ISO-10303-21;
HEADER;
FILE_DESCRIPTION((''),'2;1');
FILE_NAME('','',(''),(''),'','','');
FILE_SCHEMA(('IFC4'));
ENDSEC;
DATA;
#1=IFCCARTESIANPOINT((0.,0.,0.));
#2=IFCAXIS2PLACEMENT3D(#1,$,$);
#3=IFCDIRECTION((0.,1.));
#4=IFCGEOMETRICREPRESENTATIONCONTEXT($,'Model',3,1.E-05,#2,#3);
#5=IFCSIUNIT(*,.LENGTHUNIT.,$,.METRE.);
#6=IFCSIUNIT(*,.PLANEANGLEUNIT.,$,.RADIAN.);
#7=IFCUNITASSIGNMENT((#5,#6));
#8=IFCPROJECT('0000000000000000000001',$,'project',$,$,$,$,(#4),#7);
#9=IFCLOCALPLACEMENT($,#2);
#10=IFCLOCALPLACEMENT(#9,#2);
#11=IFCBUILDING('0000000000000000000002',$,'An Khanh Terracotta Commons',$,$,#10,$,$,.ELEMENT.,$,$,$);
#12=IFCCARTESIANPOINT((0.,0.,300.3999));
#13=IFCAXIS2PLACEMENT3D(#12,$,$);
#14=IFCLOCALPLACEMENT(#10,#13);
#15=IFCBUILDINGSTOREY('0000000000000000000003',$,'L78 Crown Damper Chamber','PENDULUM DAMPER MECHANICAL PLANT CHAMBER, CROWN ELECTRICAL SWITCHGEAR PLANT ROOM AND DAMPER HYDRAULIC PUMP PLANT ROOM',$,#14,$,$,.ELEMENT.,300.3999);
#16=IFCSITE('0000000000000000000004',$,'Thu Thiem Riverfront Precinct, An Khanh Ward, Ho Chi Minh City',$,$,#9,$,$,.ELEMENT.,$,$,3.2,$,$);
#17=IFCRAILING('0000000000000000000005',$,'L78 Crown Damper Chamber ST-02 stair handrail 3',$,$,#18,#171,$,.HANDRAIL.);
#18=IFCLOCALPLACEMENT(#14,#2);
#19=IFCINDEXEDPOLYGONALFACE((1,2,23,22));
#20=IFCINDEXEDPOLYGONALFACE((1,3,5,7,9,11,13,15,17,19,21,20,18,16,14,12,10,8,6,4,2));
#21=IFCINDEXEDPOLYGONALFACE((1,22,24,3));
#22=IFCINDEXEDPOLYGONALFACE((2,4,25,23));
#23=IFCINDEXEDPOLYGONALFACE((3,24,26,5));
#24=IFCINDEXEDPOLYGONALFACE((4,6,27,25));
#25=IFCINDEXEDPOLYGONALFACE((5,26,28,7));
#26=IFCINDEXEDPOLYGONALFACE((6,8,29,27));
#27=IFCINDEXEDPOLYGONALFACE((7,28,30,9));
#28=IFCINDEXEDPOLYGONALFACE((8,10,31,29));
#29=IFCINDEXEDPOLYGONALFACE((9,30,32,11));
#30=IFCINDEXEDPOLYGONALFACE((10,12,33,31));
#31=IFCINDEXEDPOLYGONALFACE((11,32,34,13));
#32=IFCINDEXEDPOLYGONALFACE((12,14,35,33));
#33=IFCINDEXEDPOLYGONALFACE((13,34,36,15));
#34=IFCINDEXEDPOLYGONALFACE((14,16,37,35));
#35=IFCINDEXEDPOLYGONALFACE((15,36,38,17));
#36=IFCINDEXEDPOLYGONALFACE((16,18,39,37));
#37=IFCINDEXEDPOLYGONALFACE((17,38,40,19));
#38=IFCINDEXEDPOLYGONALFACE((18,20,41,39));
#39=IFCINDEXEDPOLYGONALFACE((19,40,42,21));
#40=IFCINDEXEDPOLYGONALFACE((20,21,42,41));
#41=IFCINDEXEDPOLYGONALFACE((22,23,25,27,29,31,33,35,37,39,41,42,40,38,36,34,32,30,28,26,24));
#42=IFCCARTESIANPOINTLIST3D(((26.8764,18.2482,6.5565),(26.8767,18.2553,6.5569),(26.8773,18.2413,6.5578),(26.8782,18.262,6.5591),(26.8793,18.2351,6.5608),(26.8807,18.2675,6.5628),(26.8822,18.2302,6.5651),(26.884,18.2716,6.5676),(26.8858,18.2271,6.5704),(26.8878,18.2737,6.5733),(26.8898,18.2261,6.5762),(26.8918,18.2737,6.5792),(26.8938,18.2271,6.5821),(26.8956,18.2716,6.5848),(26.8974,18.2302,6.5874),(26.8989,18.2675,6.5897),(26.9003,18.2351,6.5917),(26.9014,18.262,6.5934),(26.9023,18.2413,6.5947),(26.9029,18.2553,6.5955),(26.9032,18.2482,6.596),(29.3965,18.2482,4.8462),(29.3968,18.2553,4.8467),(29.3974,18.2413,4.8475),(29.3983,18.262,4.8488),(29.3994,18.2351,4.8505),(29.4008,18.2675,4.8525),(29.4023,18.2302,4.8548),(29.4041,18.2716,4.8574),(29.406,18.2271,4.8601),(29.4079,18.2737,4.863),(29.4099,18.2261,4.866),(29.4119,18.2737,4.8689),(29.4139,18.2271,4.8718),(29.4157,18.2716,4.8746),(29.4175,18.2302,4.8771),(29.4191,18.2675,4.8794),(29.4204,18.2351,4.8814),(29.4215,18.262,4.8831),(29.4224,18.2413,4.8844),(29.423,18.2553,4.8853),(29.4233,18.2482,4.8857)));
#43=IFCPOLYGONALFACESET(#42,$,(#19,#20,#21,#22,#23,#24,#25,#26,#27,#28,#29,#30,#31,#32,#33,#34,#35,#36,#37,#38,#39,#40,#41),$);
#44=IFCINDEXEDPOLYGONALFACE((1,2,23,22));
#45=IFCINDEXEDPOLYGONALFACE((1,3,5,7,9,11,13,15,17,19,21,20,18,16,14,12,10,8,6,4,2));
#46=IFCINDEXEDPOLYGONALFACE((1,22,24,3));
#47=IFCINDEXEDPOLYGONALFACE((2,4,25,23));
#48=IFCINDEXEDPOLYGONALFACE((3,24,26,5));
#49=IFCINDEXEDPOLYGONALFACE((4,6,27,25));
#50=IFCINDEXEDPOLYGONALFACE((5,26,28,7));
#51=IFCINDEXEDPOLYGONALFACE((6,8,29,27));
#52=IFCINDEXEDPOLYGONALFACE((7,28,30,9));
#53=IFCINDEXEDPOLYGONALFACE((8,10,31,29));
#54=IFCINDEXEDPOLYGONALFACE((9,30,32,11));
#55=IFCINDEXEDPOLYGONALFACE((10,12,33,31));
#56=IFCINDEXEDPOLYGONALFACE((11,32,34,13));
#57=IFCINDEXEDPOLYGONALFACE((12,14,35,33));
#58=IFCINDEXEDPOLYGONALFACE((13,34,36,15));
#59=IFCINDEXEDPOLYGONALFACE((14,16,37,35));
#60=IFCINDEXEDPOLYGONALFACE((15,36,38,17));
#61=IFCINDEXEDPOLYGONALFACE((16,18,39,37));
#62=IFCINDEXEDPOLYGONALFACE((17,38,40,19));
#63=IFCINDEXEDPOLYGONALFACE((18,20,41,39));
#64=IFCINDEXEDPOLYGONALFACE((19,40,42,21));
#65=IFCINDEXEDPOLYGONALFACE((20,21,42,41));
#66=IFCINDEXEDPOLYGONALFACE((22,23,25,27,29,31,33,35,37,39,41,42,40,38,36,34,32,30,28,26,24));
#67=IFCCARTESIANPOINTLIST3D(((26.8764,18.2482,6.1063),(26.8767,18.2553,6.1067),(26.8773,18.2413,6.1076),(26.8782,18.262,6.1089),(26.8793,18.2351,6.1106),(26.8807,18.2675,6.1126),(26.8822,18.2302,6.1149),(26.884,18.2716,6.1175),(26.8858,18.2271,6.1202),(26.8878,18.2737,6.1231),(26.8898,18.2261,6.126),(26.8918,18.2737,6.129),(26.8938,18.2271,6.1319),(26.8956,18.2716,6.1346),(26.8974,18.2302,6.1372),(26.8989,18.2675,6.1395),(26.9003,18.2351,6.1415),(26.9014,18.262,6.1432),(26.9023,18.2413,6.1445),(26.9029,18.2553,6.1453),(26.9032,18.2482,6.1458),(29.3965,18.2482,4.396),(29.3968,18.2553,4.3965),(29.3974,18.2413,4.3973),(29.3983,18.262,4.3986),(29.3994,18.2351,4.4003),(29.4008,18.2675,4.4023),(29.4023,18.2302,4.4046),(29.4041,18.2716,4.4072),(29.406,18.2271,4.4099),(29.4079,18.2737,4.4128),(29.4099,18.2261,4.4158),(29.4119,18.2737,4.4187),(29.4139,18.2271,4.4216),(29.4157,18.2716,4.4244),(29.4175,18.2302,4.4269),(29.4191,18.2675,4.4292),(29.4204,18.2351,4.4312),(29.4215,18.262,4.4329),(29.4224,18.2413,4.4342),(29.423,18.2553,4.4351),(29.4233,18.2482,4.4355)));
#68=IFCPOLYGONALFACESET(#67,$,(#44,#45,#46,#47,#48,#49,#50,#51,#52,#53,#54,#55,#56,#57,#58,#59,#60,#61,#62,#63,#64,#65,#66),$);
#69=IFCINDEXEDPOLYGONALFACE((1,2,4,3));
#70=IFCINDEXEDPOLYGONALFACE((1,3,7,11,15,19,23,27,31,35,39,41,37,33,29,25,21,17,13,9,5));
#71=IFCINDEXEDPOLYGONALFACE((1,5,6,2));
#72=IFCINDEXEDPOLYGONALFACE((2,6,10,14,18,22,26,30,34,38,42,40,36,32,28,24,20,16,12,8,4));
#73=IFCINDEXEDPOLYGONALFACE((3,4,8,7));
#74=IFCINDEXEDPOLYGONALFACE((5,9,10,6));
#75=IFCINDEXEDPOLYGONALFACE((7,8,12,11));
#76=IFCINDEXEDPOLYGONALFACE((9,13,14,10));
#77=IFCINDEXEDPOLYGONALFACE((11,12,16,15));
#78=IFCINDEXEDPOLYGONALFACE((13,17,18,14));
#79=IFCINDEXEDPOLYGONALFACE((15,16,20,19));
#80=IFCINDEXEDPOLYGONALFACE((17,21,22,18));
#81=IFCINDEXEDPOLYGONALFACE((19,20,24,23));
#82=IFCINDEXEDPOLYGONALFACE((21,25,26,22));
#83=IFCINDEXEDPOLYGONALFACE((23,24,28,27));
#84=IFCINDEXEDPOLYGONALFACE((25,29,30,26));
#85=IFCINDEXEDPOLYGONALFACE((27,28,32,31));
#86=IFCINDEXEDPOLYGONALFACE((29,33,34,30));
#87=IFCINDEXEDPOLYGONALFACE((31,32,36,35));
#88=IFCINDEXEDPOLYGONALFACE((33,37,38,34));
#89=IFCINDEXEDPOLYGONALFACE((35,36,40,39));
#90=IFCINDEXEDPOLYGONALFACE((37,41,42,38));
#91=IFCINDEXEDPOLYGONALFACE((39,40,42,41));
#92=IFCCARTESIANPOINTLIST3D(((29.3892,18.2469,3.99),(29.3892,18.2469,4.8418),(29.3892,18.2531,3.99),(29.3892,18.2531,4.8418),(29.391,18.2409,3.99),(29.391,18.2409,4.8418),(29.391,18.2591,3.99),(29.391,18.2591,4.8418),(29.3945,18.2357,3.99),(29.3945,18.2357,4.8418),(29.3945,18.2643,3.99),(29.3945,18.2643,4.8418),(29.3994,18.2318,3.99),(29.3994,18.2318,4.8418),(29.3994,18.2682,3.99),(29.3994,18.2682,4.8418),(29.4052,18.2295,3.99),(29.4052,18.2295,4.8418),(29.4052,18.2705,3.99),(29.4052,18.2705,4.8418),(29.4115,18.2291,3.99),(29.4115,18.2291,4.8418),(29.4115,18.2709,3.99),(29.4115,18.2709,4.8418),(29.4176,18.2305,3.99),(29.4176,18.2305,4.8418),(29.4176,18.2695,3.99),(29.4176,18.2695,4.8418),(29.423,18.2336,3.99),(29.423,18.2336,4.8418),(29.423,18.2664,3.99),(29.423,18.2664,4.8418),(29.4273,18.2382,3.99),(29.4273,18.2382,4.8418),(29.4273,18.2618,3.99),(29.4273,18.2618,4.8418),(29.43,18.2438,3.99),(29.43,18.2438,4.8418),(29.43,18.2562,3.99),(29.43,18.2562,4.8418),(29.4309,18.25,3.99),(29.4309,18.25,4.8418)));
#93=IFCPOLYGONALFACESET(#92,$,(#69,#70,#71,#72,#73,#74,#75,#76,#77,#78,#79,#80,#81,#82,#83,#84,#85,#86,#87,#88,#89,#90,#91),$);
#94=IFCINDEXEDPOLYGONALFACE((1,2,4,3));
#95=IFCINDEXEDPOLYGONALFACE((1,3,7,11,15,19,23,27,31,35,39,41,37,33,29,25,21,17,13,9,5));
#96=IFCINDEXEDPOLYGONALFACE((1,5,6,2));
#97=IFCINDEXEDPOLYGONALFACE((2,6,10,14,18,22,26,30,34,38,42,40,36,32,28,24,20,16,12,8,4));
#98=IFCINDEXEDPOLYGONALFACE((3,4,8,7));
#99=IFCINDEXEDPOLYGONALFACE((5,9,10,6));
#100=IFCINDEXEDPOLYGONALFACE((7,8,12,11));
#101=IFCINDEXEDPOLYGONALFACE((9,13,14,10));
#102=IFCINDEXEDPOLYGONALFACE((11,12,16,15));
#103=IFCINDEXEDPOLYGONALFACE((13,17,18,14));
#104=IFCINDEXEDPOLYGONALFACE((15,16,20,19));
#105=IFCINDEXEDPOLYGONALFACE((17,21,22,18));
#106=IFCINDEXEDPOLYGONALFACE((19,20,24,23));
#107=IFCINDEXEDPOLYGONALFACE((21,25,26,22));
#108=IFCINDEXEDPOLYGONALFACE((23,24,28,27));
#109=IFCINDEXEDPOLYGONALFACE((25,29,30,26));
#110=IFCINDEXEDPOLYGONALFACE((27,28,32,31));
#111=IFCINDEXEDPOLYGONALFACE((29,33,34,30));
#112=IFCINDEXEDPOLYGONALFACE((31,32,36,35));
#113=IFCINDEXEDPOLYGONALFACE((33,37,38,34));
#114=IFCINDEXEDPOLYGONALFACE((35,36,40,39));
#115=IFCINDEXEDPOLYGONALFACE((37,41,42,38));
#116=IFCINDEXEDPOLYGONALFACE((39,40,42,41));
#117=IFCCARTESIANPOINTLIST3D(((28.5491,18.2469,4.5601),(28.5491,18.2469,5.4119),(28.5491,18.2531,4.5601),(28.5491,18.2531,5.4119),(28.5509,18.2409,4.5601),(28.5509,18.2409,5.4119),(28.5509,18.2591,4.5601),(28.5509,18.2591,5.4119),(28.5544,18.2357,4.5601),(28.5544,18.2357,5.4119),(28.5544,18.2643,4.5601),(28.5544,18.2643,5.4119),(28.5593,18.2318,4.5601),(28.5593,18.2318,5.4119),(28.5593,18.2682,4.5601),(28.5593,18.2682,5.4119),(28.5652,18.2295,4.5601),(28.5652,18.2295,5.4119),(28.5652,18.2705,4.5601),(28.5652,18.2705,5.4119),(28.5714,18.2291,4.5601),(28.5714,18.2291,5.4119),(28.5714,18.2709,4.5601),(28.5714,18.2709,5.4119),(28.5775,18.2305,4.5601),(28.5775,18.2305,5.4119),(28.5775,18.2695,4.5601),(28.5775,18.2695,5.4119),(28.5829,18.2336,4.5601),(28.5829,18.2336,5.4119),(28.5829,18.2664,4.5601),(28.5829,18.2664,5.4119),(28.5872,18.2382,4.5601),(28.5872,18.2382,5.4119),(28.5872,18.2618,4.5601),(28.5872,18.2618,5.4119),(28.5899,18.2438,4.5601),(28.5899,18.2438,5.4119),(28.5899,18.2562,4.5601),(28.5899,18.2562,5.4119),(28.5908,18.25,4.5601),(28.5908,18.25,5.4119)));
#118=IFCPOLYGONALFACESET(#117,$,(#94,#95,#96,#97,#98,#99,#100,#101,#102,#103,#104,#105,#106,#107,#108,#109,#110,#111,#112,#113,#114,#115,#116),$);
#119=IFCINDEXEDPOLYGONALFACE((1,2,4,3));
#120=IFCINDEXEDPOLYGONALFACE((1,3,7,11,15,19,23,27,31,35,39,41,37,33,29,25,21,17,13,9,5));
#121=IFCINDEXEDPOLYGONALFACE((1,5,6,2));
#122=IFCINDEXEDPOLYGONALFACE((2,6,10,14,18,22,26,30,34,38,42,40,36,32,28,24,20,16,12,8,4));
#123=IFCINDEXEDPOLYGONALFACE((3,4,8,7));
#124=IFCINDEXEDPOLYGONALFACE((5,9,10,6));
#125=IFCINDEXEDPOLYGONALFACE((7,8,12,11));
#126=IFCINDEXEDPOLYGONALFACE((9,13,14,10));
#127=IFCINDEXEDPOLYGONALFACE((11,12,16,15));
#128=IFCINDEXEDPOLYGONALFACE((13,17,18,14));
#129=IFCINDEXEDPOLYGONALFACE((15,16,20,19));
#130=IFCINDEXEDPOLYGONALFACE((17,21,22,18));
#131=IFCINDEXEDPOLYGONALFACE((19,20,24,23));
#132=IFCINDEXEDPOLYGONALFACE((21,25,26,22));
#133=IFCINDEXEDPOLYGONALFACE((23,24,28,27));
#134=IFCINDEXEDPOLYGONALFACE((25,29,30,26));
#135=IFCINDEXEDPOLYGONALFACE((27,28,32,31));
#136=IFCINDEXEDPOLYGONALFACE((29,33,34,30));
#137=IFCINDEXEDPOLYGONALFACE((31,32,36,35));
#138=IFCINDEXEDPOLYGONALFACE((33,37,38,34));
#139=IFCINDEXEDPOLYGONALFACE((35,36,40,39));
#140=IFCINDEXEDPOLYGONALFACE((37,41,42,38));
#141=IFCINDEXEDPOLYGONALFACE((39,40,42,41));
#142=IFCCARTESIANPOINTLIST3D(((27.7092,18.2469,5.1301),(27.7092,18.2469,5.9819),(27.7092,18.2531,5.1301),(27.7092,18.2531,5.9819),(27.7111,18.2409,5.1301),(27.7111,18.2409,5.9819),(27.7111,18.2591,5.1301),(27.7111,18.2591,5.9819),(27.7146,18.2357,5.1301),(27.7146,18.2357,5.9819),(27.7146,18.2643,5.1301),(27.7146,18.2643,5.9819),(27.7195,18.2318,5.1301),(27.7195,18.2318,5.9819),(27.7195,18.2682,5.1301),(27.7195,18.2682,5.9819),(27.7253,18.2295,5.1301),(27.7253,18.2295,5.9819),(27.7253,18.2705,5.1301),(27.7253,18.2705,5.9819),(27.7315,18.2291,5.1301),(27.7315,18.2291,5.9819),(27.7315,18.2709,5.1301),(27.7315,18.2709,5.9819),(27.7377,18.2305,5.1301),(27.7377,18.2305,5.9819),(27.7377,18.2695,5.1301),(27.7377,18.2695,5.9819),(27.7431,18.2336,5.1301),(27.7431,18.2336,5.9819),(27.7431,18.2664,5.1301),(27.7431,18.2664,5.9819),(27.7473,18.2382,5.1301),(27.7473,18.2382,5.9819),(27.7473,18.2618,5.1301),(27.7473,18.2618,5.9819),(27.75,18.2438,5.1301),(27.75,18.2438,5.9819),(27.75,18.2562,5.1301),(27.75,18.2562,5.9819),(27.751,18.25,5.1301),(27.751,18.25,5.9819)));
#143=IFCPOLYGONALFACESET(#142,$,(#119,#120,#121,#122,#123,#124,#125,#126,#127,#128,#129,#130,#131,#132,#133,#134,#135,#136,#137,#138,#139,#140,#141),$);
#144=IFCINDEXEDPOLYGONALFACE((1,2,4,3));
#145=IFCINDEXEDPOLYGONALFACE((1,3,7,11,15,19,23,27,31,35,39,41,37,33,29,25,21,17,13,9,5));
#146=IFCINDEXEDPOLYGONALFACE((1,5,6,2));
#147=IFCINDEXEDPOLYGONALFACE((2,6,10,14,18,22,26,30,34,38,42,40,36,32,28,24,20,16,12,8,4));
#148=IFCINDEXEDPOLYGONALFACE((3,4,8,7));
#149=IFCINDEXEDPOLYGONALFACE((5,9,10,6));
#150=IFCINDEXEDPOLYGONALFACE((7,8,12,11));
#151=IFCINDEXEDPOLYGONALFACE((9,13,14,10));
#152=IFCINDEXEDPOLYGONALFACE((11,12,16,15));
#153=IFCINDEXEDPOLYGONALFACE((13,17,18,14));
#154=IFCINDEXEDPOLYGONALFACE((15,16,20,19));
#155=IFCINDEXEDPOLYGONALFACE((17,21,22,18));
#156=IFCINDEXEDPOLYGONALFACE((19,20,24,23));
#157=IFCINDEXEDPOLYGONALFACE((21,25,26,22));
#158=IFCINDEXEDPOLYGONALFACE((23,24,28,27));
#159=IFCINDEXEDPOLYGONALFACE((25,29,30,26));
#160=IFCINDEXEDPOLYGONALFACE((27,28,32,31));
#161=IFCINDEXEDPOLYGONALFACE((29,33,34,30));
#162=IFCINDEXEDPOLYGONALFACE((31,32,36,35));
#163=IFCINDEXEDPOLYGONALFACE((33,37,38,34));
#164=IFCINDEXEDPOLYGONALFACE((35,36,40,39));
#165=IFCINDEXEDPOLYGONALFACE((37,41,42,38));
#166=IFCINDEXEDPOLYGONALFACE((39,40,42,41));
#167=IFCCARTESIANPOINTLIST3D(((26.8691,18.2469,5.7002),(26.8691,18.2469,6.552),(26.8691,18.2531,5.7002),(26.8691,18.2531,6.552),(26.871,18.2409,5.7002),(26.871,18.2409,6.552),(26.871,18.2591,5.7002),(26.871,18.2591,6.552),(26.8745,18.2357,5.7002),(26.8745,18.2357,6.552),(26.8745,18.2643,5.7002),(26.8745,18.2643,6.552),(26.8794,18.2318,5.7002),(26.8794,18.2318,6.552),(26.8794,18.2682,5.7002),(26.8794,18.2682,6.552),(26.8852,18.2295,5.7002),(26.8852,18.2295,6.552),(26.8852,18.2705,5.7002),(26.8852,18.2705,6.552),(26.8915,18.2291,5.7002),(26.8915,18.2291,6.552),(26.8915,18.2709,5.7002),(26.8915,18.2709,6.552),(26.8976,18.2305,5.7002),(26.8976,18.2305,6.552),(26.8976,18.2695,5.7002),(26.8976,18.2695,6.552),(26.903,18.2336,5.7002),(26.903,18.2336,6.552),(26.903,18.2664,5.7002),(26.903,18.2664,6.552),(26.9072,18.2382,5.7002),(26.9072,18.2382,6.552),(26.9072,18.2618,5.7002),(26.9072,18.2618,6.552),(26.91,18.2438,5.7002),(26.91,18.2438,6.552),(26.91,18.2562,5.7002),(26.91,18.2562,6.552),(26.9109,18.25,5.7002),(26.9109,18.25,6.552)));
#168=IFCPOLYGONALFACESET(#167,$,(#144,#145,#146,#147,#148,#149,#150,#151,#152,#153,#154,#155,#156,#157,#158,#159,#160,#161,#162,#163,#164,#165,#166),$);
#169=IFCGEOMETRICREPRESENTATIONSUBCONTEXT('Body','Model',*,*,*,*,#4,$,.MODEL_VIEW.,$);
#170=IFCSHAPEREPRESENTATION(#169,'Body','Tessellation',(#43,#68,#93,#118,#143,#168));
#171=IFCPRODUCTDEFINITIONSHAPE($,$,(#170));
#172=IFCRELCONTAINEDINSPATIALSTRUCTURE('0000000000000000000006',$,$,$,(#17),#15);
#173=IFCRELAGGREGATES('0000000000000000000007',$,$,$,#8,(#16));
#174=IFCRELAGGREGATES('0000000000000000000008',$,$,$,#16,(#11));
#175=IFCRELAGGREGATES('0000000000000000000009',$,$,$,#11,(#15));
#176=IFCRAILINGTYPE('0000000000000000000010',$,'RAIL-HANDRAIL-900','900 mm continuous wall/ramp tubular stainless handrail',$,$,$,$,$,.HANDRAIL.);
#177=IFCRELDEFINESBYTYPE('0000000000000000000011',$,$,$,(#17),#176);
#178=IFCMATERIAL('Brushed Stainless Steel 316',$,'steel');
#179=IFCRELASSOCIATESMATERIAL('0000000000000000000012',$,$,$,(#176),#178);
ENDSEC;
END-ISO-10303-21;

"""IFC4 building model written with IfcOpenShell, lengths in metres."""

from ifc_helpers import new_model, si_unit, direction, frame, origin, origin_2d, place, context, subcontext, project, spatial, circle, extrude, material, type_object, element, save


model = new_model("IFC4")

# Units and contexts
model_context = context("Model", 3, precision=1e-05, world=origin(), true_north=direction((0.0, 1.0)))
body_context = subcontext(model_context, "Body", "Model", "MODEL_VIEW")
ifc_project = project(units=[si_unit("LENGTHUNIT", "METRE"), si_unit("PLANEANGLEUNIT", "RADIAN")], contexts=[model_context])

# Site, building, storey
site_placement = place(None, origin())
site = spatial("IfcSite", under=ifc_project, at=site_placement, Name="Thu Thiem Riverfront Precinct, An Khanh Ward, Ho Chi Minh City", CompositionType="ELEMENT", RefElevation=3.2)
building_placement = place(site_placement, origin())
building = spatial("IfcBuilding", under=site, at=building_placement, Name="An Khanh Terracotta Commons", CompositionType="ELEMENT")
storey_placement = place(building_placement, frame((0.0, 0.0, 300.3999)))
storey = spatial("IfcBuildingStorey", under=building, at=storey_placement, Name="L78 Crown Damper Chamber", Description="PENDULUM DAMPER MECHANICAL PLANT CHAMBER, CROWN ELECTRICAL SWITCHGEAR PLANT ROOM AND DAMPER HYDRAULIC PUMP PLANT ROOM", CompositionType="ELEMENT", Elevation=300.3999)

# Railing
ifc_material_1 = material(Name="Brushed Stainless Steel 316", Category="steel")
railing_type_1 = type_object("IfcRailingType", Name="RAIL-HANDRAIL-900", Description="900 mm continuous wall/ramp tubular stainless handrail", PredefinedType="HANDRAIL", material=ifc_material_1)
railing_1_placement = place(storey_placement, frame((29.4099, 18.25, 3.99)))
element("IfcRailing", 1, at=railing_1_placement, inside=storey, type_object=railing_type_1, Name="L78 Crown Damper Chamber ST-02 stair handrail 3", PredefinedType="HANDRAIL", context=body_context, shape_type="SweptSolid", body=[
    extrude(circle(Radius=0.0239, at=origin_2d()), frame((0.0, 0.0, 0.876), z_axis=(-0.827447, 0.0, 0.561545), x_axis=(0.0, -1.0, 0.0)), (0.0, 0.0, 1.0), 3.0457),
    extrude(circle(Radius=0.0239, at=origin_2d()), frame((0.0, 0.0, 0.4258), z_axis=(-0.827447, 0.0, 0.561545), x_axis=(0.0, -1.0, 0.0)), (0.0, 0.0, 1.0), 3.0457),
    extrude(circle(Radius=0.021, at=origin_2d()), origin(), (0.0, 0.0, 1.0), 0.8518),
    extrude(circle(Radius=0.021, at=origin_2d()), frame((-0.8401, 0.0, 0.5701)), (0.0, 0.0, 1.0), 0.8518),
    extrude(circle(Radius=0.021, at=origin_2d()), frame((-1.6799, 0.0, 1.1401)), (0.0, 0.0, 1.0), 0.8518),
    extrude(circle(Radius=0.021, at=origin_2d()), frame((-2.52, 0.0, 1.7102)), (0.0, 0.0, 1.0), 0.8518),
])

save(model, "model.ifc")
